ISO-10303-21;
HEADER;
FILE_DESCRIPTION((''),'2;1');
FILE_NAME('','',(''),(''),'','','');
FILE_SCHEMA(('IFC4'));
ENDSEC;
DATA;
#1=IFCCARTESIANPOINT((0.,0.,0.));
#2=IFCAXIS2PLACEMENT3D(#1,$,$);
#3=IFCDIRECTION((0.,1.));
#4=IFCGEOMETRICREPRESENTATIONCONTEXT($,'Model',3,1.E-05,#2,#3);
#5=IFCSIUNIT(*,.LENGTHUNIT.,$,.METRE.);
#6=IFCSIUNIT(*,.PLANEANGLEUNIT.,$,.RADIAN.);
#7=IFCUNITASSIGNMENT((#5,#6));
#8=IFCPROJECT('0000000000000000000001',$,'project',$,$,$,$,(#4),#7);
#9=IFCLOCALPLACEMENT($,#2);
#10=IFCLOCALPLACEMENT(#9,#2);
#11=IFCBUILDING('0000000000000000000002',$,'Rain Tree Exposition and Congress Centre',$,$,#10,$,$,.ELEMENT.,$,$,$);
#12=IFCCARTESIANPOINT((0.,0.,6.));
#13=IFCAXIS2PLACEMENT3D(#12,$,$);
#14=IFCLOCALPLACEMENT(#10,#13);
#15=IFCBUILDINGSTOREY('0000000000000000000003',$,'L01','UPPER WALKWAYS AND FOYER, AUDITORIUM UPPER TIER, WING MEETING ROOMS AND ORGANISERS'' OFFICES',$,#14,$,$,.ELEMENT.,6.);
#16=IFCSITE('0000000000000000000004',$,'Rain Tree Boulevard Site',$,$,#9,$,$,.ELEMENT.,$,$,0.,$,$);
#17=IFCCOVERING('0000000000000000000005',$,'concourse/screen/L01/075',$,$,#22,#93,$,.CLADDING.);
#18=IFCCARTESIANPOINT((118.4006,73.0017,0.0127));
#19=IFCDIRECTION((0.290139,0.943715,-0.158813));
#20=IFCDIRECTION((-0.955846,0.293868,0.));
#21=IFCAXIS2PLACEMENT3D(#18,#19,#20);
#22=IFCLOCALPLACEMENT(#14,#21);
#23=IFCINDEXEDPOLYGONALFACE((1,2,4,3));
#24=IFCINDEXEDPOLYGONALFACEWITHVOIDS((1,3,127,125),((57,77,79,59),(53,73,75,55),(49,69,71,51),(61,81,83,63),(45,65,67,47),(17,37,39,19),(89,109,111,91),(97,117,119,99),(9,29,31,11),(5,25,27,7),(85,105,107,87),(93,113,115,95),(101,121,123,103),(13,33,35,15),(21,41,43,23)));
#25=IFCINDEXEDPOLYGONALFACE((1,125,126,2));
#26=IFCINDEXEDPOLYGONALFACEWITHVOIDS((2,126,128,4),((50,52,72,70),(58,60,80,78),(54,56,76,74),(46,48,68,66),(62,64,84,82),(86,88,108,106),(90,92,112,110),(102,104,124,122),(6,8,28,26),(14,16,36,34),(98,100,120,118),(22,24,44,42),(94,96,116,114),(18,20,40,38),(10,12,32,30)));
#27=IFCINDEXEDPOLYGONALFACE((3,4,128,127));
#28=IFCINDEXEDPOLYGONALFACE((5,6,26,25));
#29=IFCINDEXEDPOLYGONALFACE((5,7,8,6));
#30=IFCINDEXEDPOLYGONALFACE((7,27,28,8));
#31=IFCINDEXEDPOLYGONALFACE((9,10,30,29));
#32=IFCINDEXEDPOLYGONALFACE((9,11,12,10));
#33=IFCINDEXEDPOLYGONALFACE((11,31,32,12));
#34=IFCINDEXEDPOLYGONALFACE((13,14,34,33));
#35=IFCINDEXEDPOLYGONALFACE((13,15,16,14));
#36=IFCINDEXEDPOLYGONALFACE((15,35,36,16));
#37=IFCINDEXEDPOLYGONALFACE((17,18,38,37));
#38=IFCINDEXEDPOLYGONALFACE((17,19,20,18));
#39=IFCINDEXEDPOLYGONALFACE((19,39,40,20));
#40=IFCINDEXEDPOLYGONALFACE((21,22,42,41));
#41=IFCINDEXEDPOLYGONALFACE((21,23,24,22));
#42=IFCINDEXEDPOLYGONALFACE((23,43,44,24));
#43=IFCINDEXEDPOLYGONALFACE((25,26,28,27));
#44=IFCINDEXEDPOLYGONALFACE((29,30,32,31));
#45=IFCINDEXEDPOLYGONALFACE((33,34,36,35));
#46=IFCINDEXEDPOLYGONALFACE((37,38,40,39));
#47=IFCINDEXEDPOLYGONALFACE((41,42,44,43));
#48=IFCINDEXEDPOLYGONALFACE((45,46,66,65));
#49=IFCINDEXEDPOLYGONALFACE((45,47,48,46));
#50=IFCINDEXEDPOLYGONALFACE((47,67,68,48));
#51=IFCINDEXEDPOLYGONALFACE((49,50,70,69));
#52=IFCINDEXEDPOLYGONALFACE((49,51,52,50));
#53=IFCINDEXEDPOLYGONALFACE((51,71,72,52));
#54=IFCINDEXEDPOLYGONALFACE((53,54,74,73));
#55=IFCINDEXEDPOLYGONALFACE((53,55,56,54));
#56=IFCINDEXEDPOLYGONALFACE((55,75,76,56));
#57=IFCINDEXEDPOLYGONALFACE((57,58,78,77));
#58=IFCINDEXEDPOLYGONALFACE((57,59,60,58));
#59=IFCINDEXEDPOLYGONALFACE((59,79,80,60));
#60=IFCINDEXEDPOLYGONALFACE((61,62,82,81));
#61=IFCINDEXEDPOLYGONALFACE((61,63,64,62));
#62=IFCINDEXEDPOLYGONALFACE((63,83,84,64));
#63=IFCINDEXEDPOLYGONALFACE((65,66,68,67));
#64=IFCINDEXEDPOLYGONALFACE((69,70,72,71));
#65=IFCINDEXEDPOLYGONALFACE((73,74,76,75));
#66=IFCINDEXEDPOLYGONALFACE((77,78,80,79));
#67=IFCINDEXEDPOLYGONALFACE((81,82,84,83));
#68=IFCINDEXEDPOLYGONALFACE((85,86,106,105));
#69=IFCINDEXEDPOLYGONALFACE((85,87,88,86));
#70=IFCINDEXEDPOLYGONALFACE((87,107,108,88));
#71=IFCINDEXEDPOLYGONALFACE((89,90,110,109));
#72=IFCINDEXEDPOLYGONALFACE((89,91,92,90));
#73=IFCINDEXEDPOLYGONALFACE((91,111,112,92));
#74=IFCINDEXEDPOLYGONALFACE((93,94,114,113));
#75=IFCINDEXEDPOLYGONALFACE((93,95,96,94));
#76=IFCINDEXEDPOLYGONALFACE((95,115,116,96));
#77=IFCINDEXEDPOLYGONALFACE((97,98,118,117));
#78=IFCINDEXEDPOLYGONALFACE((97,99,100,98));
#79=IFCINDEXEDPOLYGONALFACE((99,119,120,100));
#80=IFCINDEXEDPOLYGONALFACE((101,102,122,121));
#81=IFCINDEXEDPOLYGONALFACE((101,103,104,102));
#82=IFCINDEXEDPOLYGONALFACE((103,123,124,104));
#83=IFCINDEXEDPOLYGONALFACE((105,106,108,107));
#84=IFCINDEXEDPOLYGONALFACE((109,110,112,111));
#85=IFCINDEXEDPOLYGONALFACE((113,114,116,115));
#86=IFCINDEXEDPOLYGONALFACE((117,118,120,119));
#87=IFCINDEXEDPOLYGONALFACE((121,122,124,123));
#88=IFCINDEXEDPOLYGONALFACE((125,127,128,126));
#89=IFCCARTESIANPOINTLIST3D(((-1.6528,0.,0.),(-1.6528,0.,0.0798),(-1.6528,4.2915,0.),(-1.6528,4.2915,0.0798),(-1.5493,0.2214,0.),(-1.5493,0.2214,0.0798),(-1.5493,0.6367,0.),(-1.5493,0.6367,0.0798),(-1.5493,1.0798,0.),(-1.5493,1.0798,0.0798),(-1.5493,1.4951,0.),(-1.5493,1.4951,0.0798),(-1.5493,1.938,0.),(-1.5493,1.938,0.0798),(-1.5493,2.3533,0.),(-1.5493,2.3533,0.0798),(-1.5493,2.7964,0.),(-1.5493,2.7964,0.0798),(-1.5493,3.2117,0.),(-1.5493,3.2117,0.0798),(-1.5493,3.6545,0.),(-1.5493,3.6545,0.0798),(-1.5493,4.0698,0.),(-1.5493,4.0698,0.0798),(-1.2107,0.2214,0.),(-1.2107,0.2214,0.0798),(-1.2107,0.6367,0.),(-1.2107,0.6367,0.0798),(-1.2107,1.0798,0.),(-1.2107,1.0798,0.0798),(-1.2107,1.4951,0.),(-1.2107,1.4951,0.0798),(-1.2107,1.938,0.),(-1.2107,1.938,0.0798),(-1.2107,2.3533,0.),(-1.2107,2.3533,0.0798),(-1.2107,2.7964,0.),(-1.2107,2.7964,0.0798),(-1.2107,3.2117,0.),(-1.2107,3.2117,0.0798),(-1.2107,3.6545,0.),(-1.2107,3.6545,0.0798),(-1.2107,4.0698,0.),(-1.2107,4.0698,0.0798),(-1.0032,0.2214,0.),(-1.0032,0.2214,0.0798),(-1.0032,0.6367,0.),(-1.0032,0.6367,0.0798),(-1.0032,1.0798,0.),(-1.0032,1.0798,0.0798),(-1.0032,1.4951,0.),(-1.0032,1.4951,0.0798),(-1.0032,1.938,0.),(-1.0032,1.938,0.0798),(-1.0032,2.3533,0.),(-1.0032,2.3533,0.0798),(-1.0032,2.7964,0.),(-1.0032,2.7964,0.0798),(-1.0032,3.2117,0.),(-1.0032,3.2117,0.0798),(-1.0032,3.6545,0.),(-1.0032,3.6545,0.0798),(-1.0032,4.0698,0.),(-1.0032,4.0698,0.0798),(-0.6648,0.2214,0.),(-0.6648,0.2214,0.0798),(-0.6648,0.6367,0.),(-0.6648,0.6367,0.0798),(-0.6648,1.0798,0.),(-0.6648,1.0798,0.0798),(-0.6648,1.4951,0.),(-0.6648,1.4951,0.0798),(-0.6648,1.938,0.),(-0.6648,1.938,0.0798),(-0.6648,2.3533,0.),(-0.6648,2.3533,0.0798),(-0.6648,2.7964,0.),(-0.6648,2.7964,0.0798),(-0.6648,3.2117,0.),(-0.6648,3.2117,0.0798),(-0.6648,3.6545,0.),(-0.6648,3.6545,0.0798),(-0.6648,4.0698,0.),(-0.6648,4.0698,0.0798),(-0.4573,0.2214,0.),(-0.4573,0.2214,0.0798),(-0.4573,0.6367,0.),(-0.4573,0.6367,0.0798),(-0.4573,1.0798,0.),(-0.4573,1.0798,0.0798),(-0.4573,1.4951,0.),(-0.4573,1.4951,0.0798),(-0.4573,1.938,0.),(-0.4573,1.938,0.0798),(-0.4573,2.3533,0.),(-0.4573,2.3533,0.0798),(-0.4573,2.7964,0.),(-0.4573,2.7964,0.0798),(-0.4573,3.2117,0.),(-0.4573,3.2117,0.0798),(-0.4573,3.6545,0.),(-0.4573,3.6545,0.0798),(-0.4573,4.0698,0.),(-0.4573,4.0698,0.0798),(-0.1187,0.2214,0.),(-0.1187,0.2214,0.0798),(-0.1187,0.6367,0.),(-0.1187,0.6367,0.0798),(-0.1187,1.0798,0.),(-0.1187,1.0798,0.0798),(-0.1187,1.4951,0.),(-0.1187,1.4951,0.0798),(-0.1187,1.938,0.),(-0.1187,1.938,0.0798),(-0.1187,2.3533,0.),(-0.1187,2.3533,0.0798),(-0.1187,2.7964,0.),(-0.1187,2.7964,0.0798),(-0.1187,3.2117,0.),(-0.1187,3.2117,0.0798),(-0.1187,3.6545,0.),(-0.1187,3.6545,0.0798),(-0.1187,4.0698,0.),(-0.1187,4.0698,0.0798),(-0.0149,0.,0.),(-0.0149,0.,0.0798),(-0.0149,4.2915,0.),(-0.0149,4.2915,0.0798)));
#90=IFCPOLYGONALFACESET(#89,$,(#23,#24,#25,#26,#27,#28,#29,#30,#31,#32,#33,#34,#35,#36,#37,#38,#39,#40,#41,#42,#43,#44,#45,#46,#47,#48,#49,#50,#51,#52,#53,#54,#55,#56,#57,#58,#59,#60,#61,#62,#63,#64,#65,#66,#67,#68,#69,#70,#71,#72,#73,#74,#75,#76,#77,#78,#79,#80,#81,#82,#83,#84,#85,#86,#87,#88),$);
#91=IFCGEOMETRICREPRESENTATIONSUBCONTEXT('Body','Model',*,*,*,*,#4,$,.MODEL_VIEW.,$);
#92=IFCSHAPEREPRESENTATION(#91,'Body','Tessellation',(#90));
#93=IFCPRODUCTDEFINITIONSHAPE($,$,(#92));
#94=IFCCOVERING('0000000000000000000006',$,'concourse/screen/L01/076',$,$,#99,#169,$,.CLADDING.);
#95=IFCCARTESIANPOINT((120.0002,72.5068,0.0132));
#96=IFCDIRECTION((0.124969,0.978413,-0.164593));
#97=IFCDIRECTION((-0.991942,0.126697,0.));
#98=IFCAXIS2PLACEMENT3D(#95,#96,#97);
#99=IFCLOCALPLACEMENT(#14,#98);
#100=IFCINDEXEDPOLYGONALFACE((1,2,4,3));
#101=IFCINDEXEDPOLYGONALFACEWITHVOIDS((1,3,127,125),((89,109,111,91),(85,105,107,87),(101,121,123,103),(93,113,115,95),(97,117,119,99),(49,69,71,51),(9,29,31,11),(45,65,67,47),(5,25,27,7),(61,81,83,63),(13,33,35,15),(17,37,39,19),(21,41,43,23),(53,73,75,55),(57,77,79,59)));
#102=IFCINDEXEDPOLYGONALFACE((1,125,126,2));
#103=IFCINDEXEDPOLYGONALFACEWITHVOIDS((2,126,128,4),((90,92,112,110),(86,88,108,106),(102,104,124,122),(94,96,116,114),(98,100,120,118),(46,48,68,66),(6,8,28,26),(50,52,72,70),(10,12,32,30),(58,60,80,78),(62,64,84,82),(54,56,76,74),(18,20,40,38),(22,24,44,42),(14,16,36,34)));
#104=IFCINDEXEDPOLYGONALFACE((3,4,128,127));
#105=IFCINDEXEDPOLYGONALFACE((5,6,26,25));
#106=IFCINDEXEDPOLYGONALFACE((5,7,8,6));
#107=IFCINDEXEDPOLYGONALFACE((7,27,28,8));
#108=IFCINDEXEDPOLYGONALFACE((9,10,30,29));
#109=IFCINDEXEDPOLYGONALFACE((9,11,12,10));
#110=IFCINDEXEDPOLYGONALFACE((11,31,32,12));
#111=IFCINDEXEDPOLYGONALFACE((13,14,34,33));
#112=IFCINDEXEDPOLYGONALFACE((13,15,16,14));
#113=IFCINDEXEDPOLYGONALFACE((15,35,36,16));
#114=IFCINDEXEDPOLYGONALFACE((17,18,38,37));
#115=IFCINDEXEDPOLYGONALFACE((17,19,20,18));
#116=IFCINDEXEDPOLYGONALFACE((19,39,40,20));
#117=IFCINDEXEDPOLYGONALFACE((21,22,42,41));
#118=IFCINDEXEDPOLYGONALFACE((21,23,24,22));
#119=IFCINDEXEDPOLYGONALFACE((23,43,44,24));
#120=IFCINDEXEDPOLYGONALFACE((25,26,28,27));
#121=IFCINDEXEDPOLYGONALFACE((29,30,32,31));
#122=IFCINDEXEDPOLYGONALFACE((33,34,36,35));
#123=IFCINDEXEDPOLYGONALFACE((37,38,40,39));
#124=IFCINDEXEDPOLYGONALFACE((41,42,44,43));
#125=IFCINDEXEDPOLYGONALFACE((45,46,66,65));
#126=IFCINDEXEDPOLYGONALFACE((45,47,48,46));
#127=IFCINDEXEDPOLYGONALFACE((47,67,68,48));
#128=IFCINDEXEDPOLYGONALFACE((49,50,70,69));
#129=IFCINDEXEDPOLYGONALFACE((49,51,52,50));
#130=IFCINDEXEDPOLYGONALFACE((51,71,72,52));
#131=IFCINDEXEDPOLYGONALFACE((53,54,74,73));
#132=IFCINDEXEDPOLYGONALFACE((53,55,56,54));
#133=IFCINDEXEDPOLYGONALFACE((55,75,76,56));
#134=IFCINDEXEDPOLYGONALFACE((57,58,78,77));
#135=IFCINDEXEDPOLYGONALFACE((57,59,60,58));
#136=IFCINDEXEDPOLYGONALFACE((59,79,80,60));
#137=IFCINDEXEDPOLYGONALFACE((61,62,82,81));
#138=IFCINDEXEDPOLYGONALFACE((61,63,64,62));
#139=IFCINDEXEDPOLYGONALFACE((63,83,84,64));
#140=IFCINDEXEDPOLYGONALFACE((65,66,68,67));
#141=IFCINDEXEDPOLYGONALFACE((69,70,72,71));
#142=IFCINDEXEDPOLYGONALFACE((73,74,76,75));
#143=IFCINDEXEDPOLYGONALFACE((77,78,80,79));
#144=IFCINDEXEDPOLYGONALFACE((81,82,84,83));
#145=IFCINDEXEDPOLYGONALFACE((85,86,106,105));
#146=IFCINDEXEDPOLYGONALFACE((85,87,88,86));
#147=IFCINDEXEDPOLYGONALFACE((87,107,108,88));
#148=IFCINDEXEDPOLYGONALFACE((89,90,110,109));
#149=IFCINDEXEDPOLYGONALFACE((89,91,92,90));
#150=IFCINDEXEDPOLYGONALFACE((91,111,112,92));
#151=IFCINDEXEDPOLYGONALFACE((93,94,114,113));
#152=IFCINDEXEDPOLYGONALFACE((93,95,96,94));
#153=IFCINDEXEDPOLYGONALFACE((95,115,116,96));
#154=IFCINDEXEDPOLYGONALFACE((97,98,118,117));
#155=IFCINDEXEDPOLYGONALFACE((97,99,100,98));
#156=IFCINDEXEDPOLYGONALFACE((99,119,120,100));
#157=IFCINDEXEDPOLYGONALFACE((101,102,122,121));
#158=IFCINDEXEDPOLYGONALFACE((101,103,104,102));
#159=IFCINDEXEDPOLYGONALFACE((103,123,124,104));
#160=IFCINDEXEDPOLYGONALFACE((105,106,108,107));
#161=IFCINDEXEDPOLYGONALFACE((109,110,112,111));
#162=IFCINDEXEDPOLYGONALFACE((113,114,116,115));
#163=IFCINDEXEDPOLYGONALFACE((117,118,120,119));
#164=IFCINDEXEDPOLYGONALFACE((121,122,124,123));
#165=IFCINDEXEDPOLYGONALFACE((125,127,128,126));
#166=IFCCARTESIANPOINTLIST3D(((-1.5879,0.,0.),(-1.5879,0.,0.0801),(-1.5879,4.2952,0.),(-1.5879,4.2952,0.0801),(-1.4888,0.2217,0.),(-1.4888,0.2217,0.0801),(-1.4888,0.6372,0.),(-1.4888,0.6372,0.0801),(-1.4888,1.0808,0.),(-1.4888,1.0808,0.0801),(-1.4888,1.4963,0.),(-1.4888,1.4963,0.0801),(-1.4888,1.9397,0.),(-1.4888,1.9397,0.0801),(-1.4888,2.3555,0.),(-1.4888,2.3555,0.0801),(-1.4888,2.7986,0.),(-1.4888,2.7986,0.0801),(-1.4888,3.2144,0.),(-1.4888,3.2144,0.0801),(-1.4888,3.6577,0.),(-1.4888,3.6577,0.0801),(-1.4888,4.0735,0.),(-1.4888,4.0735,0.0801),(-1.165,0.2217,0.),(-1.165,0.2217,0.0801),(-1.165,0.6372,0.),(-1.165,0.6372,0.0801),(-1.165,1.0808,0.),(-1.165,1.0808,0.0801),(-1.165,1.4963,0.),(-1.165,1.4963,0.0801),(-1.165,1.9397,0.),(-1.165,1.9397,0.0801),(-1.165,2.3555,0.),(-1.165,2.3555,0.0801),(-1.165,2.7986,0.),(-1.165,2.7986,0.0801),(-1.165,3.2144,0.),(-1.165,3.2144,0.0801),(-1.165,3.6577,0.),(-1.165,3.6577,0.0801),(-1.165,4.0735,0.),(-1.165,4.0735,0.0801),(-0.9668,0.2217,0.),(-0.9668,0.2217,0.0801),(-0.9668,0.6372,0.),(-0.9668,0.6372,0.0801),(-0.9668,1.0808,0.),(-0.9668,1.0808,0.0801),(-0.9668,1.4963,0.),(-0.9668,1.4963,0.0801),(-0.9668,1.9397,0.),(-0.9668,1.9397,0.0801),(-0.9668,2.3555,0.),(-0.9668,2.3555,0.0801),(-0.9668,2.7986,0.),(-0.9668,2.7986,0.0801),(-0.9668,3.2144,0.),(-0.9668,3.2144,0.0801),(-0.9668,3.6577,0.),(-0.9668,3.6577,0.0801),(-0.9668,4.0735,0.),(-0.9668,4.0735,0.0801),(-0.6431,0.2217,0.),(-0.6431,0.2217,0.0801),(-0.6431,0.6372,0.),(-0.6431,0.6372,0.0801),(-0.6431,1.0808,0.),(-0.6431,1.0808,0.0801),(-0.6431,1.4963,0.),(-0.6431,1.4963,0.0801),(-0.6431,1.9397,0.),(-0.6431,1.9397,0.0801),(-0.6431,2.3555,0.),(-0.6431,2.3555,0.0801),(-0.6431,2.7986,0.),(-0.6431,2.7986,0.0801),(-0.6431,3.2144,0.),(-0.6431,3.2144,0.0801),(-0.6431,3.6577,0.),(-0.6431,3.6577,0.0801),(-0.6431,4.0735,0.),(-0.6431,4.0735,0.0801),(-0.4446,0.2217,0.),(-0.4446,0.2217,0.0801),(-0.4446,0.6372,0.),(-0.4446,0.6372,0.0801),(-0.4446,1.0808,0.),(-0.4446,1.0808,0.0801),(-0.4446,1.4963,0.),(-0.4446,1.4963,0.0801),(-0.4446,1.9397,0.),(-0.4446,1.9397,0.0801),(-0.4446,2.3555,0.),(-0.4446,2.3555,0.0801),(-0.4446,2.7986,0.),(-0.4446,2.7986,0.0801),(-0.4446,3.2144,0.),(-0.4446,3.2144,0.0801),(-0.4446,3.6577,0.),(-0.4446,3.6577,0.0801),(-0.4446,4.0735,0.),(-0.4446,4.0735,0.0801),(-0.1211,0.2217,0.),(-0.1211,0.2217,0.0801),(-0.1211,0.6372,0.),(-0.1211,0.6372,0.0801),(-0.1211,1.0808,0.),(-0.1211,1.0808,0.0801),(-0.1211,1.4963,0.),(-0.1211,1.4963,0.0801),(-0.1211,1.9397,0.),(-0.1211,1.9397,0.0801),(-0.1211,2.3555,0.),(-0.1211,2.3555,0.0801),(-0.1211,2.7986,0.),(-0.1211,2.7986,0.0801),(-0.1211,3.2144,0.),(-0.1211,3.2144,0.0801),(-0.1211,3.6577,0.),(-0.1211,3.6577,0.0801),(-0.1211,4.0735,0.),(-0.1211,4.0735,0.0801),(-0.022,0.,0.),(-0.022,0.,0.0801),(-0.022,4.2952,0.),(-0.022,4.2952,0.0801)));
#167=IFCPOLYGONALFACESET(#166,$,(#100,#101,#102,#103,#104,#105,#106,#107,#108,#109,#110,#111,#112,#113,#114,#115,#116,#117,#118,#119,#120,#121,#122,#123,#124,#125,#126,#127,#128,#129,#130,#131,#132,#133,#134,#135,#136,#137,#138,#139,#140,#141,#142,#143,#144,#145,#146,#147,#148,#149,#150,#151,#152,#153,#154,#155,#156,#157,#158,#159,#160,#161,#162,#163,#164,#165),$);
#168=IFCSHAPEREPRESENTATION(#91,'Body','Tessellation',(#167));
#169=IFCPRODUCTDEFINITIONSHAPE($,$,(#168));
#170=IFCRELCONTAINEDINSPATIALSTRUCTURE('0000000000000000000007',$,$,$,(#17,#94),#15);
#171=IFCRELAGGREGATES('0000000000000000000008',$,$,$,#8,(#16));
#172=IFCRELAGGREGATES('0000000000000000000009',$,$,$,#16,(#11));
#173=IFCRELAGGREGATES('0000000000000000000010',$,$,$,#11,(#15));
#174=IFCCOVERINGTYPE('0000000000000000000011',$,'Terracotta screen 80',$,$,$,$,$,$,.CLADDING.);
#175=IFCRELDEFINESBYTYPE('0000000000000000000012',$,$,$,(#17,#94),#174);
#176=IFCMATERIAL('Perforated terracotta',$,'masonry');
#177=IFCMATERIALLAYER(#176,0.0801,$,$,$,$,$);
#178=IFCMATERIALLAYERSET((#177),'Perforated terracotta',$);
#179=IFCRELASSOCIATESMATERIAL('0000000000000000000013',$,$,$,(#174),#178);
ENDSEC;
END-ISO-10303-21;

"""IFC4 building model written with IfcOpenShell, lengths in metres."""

from ifc_helpers import new_model, si_unit, direction, frame, origin, place, context, subcontext, project, spatial, polyline, outline, extrude, material, layer, layer_set, type_object, element, save


model = new_model("IFC4")

# Units and contexts
model_context = context("Model", 3, precision=1e-05, world=origin(), true_north=direction((0.0, 1.0)))
body_context = subcontext(model_context, "Body", "Model", "MODEL_VIEW")
ifc_project = project(units=[si_unit("LENGTHUNIT", "METRE"), si_unit("PLANEANGLEUNIT", "RADIAN")], contexts=[model_context])

# Site, building, storey
site_placement = place(None, origin())
site = spatial("IfcSite", under=ifc_project, at=site_placement, Name="Rain Tree Boulevard Site", CompositionType="ELEMENT", RefElevation=0.0)
building_placement = place(site_placement, origin())
building = spatial("IfcBuilding", under=site, at=building_placement, Name="Rain Tree Exposition and Congress Centre", CompositionType="ELEMENT")
storey_placement = place(building_placement, frame((0.0, 0.0, 6.0)))
storey = spatial("IfcBuildingStorey", under=building, at=storey_placement, Name="L01", Description="UPPER WALKWAYS AND FOYER, AUDITORIUM UPPER TIER, WING MEETING ROOMS AND ORGANISERS' OFFICES", CompositionType="ELEMENT", Elevation=6.0)

# Coverings
ifc_material_1 = material(Name="Perforated terracotta", Category="masonry")
ifc_layer_1 = layer(ifc_material_1, 0.0801)
ifc_layer_set_1 = layer_set([ifc_layer_1], Name="Perforated terracotta")
covering_type = type_object("IfcCoveringType", Name="Terracotta screen 80", PredefinedType="CLADDING", material=ifc_layer_set_1)
covering_1_placement = place(storey_placement, frame((118.4006, 73.0017, 0.0127), z_axis=(0.290139, 0.943715, -0.158813), x_axis=(-0.955846, 0.293868, 0.0)))
element("IfcCovering", 1, at=covering_1_placement, inside=storey, type_object=covering_type, Name="concourse/screen/L01/075", PredefinedType="CLADDING", context=body_context, shape_type="SweptSolid", body=[
    extrude(outline(polyline([(-1.6528, 0.0), (-1.6528, 4.2915), (-0.0149, 4.2915), (-0.0149, 0.0), (-1.6528, 0.0)]), holes=[polyline([(-0.1187, 0.2214), (-0.1187, 0.6367), (-0.4573, 0.6367), (-0.4573, 0.2214), (-0.1187, 0.2214)]), polyline([(-0.1187, 1.0798), (-0.1187, 1.4951), (-0.4573, 1.4951), (-0.4573, 1.0798), (-0.1187, 1.0798)]), polyline([(-0.1187, 1.938), (-0.1187, 2.3533), (-0.4573, 2.3533), (-0.4573, 1.938), (-0.1187, 1.938)]), polyline([(-0.1187, 2.7964), (-0.1187, 3.2117), (-0.4573, 3.2117), (-0.4573, 2.7964), (-0.1187, 2.7964)]), polyline([(-0.1187, 3.6545), (-0.1187, 4.0698), (-0.4573, 4.0698), (-0.4573, 3.6545), (-0.1187, 3.6545)]), polyline([(-0.6648, 0.2214), (-0.6648, 0.6367), (-1.0032, 0.6367), (-1.0032, 0.2214), (-0.6648, 0.2214)]), polyline([(-0.6648, 1.0798), (-0.6648, 1.4951), (-1.0032, 1.4951), (-1.0032, 1.0798), (-0.6648, 1.0798)]), polyline([(-0.6648, 1.938), (-0.6648, 2.3533), (-1.0032, 2.3533), (-1.0032, 1.938), (-0.6648, 1.938)]), polyline([(-0.6648, 2.7964), (-0.6648, 3.2117), (-1.0032, 3.2117), (-1.0032, 2.7964), (-0.6648, 2.7964)]), polyline([(-0.6648, 3.6545), (-0.6648, 4.0698), (-1.0032, 4.0698), (-1.0032, 3.6545), (-0.6648, 3.6545)]), polyline([(-1.2107, 0.2214), (-1.2107, 0.6367), (-1.5493, 0.6367), (-1.5493, 0.2214), (-1.2107, 0.2214)]), polyline([(-1.2107, 1.0798), (-1.2107, 1.4951), (-1.5493, 1.4951), (-1.5493, 1.0798), (-1.2107, 1.0798)]), polyline([(-1.2107, 1.938), (-1.2107, 2.3533), (-1.5493, 2.3533), (-1.5493, 1.938), (-1.2107, 1.938)]), polyline([(-1.2107, 2.7964), (-1.2107, 3.2117), (-1.5493, 3.2117), (-1.5493, 2.7964), (-1.2107, 2.7964)]), polyline([(-1.2107, 3.6545), (-1.2107, 4.0698), (-1.5493, 4.0698), (-1.5493, 3.6545), (-1.2107, 3.6545)])]), origin(), (0.0, 0.0, 1.0), 0.0798),
])
covering_2_placement = place(storey_placement, frame((120.0002, 72.5068, 0.0132), z_axis=(0.124969, 0.978413, -0.164593), x_axis=(-0.991942, 0.126697, 0.0)))
element("IfcCovering", 2, at=covering_2_placement, inside=storey, type_object=covering_type, Name="concourse/screen/L01/076", PredefinedType="CLADDING", context=body_context, shape_type="SweptSolid", body=[
    extrude(outline(polyline([(-1.5879, 0.0), (-1.5879, 4.2952), (-0.022, 4.2952), (-0.022, 0.0), (-1.5879, 0.0)]), holes=[polyline([(-0.1211, 0.2217), (-0.1211, 0.6372), (-0.4446, 0.6372), (-0.4446, 0.2217), (-0.1211, 0.2217)]), polyline([(-0.1211, 1.0808), (-0.1211, 1.4963), (-0.4446, 1.4963), (-0.4446, 1.0808), (-0.1211, 1.0808)]), polyline([(-0.1211, 1.9397), (-0.1211, 2.3555), (-0.4446, 2.3555), (-0.4446, 1.9397), (-0.1211, 1.9397)]), polyline([(-0.1211, 2.7986), (-0.1211, 3.2144), (-0.4446, 3.2144), (-0.4446, 2.7986), (-0.1211, 2.7986)]), polyline([(-0.1211, 3.6577), (-0.1211, 4.0735), (-0.4446, 4.0735), (-0.4446, 3.6577), (-0.1211, 3.6577)]), polyline([(-0.6431, 0.2217), (-0.6431, 0.6372), (-0.9668, 0.6372), (-0.9668, 0.2217), (-0.6431, 0.2217)]), polyline([(-0.6431, 1.0808), (-0.6431, 1.4963), (-0.9668, 1.4963), (-0.9668, 1.0808), (-0.6431, 1.0808)]), polyline([(-0.6431, 1.9397), (-0.6431, 2.3555), (-0.9668, 2.3555), (-0.9668, 1.9397), (-0.6431, 1.9397)]), polyline([(-0.6431, 2.7986), (-0.6431, 3.2144), (-0.9668, 3.2144), (-0.9668, 2.7986), (-0.6431, 2.7986)]), polyline([(-0.6431, 3.6577), (-0.6431, 4.0735), (-0.9668, 4.0735), (-0.9668, 3.6577), (-0.6431, 3.6577)]), polyline([(-1.165, 0.2217), (-1.165, 0.6372), (-1.4888, 0.6372), (-1.4888, 0.2217), (-1.165, 0.2217)]), polyline([(-1.165, 1.0808), (-1.165, 1.4963), (-1.4888, 1.4963), (-1.4888, 1.0808), (-1.165, 1.0808)]), polyline([(-1.165, 1.9397), (-1.165, 2.3555), (-1.4888, 2.3555), (-1.4888, 1.9397), (-1.165, 1.9397)]), polyline([(-1.165, 2.7986), (-1.165, 3.2144), (-1.4888, 3.2144), (-1.4888, 2.7986), (-1.165, 2.7986)]), polyline([(-1.165, 3.6577), (-1.165, 4.0735), (-1.4888, 4.0735), (-1.4888, 3.6577), (-1.165, 3.6577)])]), origin(), (0.0, 0.0, 1.0), 0.0801),
])

save(model, "model.ifc")
